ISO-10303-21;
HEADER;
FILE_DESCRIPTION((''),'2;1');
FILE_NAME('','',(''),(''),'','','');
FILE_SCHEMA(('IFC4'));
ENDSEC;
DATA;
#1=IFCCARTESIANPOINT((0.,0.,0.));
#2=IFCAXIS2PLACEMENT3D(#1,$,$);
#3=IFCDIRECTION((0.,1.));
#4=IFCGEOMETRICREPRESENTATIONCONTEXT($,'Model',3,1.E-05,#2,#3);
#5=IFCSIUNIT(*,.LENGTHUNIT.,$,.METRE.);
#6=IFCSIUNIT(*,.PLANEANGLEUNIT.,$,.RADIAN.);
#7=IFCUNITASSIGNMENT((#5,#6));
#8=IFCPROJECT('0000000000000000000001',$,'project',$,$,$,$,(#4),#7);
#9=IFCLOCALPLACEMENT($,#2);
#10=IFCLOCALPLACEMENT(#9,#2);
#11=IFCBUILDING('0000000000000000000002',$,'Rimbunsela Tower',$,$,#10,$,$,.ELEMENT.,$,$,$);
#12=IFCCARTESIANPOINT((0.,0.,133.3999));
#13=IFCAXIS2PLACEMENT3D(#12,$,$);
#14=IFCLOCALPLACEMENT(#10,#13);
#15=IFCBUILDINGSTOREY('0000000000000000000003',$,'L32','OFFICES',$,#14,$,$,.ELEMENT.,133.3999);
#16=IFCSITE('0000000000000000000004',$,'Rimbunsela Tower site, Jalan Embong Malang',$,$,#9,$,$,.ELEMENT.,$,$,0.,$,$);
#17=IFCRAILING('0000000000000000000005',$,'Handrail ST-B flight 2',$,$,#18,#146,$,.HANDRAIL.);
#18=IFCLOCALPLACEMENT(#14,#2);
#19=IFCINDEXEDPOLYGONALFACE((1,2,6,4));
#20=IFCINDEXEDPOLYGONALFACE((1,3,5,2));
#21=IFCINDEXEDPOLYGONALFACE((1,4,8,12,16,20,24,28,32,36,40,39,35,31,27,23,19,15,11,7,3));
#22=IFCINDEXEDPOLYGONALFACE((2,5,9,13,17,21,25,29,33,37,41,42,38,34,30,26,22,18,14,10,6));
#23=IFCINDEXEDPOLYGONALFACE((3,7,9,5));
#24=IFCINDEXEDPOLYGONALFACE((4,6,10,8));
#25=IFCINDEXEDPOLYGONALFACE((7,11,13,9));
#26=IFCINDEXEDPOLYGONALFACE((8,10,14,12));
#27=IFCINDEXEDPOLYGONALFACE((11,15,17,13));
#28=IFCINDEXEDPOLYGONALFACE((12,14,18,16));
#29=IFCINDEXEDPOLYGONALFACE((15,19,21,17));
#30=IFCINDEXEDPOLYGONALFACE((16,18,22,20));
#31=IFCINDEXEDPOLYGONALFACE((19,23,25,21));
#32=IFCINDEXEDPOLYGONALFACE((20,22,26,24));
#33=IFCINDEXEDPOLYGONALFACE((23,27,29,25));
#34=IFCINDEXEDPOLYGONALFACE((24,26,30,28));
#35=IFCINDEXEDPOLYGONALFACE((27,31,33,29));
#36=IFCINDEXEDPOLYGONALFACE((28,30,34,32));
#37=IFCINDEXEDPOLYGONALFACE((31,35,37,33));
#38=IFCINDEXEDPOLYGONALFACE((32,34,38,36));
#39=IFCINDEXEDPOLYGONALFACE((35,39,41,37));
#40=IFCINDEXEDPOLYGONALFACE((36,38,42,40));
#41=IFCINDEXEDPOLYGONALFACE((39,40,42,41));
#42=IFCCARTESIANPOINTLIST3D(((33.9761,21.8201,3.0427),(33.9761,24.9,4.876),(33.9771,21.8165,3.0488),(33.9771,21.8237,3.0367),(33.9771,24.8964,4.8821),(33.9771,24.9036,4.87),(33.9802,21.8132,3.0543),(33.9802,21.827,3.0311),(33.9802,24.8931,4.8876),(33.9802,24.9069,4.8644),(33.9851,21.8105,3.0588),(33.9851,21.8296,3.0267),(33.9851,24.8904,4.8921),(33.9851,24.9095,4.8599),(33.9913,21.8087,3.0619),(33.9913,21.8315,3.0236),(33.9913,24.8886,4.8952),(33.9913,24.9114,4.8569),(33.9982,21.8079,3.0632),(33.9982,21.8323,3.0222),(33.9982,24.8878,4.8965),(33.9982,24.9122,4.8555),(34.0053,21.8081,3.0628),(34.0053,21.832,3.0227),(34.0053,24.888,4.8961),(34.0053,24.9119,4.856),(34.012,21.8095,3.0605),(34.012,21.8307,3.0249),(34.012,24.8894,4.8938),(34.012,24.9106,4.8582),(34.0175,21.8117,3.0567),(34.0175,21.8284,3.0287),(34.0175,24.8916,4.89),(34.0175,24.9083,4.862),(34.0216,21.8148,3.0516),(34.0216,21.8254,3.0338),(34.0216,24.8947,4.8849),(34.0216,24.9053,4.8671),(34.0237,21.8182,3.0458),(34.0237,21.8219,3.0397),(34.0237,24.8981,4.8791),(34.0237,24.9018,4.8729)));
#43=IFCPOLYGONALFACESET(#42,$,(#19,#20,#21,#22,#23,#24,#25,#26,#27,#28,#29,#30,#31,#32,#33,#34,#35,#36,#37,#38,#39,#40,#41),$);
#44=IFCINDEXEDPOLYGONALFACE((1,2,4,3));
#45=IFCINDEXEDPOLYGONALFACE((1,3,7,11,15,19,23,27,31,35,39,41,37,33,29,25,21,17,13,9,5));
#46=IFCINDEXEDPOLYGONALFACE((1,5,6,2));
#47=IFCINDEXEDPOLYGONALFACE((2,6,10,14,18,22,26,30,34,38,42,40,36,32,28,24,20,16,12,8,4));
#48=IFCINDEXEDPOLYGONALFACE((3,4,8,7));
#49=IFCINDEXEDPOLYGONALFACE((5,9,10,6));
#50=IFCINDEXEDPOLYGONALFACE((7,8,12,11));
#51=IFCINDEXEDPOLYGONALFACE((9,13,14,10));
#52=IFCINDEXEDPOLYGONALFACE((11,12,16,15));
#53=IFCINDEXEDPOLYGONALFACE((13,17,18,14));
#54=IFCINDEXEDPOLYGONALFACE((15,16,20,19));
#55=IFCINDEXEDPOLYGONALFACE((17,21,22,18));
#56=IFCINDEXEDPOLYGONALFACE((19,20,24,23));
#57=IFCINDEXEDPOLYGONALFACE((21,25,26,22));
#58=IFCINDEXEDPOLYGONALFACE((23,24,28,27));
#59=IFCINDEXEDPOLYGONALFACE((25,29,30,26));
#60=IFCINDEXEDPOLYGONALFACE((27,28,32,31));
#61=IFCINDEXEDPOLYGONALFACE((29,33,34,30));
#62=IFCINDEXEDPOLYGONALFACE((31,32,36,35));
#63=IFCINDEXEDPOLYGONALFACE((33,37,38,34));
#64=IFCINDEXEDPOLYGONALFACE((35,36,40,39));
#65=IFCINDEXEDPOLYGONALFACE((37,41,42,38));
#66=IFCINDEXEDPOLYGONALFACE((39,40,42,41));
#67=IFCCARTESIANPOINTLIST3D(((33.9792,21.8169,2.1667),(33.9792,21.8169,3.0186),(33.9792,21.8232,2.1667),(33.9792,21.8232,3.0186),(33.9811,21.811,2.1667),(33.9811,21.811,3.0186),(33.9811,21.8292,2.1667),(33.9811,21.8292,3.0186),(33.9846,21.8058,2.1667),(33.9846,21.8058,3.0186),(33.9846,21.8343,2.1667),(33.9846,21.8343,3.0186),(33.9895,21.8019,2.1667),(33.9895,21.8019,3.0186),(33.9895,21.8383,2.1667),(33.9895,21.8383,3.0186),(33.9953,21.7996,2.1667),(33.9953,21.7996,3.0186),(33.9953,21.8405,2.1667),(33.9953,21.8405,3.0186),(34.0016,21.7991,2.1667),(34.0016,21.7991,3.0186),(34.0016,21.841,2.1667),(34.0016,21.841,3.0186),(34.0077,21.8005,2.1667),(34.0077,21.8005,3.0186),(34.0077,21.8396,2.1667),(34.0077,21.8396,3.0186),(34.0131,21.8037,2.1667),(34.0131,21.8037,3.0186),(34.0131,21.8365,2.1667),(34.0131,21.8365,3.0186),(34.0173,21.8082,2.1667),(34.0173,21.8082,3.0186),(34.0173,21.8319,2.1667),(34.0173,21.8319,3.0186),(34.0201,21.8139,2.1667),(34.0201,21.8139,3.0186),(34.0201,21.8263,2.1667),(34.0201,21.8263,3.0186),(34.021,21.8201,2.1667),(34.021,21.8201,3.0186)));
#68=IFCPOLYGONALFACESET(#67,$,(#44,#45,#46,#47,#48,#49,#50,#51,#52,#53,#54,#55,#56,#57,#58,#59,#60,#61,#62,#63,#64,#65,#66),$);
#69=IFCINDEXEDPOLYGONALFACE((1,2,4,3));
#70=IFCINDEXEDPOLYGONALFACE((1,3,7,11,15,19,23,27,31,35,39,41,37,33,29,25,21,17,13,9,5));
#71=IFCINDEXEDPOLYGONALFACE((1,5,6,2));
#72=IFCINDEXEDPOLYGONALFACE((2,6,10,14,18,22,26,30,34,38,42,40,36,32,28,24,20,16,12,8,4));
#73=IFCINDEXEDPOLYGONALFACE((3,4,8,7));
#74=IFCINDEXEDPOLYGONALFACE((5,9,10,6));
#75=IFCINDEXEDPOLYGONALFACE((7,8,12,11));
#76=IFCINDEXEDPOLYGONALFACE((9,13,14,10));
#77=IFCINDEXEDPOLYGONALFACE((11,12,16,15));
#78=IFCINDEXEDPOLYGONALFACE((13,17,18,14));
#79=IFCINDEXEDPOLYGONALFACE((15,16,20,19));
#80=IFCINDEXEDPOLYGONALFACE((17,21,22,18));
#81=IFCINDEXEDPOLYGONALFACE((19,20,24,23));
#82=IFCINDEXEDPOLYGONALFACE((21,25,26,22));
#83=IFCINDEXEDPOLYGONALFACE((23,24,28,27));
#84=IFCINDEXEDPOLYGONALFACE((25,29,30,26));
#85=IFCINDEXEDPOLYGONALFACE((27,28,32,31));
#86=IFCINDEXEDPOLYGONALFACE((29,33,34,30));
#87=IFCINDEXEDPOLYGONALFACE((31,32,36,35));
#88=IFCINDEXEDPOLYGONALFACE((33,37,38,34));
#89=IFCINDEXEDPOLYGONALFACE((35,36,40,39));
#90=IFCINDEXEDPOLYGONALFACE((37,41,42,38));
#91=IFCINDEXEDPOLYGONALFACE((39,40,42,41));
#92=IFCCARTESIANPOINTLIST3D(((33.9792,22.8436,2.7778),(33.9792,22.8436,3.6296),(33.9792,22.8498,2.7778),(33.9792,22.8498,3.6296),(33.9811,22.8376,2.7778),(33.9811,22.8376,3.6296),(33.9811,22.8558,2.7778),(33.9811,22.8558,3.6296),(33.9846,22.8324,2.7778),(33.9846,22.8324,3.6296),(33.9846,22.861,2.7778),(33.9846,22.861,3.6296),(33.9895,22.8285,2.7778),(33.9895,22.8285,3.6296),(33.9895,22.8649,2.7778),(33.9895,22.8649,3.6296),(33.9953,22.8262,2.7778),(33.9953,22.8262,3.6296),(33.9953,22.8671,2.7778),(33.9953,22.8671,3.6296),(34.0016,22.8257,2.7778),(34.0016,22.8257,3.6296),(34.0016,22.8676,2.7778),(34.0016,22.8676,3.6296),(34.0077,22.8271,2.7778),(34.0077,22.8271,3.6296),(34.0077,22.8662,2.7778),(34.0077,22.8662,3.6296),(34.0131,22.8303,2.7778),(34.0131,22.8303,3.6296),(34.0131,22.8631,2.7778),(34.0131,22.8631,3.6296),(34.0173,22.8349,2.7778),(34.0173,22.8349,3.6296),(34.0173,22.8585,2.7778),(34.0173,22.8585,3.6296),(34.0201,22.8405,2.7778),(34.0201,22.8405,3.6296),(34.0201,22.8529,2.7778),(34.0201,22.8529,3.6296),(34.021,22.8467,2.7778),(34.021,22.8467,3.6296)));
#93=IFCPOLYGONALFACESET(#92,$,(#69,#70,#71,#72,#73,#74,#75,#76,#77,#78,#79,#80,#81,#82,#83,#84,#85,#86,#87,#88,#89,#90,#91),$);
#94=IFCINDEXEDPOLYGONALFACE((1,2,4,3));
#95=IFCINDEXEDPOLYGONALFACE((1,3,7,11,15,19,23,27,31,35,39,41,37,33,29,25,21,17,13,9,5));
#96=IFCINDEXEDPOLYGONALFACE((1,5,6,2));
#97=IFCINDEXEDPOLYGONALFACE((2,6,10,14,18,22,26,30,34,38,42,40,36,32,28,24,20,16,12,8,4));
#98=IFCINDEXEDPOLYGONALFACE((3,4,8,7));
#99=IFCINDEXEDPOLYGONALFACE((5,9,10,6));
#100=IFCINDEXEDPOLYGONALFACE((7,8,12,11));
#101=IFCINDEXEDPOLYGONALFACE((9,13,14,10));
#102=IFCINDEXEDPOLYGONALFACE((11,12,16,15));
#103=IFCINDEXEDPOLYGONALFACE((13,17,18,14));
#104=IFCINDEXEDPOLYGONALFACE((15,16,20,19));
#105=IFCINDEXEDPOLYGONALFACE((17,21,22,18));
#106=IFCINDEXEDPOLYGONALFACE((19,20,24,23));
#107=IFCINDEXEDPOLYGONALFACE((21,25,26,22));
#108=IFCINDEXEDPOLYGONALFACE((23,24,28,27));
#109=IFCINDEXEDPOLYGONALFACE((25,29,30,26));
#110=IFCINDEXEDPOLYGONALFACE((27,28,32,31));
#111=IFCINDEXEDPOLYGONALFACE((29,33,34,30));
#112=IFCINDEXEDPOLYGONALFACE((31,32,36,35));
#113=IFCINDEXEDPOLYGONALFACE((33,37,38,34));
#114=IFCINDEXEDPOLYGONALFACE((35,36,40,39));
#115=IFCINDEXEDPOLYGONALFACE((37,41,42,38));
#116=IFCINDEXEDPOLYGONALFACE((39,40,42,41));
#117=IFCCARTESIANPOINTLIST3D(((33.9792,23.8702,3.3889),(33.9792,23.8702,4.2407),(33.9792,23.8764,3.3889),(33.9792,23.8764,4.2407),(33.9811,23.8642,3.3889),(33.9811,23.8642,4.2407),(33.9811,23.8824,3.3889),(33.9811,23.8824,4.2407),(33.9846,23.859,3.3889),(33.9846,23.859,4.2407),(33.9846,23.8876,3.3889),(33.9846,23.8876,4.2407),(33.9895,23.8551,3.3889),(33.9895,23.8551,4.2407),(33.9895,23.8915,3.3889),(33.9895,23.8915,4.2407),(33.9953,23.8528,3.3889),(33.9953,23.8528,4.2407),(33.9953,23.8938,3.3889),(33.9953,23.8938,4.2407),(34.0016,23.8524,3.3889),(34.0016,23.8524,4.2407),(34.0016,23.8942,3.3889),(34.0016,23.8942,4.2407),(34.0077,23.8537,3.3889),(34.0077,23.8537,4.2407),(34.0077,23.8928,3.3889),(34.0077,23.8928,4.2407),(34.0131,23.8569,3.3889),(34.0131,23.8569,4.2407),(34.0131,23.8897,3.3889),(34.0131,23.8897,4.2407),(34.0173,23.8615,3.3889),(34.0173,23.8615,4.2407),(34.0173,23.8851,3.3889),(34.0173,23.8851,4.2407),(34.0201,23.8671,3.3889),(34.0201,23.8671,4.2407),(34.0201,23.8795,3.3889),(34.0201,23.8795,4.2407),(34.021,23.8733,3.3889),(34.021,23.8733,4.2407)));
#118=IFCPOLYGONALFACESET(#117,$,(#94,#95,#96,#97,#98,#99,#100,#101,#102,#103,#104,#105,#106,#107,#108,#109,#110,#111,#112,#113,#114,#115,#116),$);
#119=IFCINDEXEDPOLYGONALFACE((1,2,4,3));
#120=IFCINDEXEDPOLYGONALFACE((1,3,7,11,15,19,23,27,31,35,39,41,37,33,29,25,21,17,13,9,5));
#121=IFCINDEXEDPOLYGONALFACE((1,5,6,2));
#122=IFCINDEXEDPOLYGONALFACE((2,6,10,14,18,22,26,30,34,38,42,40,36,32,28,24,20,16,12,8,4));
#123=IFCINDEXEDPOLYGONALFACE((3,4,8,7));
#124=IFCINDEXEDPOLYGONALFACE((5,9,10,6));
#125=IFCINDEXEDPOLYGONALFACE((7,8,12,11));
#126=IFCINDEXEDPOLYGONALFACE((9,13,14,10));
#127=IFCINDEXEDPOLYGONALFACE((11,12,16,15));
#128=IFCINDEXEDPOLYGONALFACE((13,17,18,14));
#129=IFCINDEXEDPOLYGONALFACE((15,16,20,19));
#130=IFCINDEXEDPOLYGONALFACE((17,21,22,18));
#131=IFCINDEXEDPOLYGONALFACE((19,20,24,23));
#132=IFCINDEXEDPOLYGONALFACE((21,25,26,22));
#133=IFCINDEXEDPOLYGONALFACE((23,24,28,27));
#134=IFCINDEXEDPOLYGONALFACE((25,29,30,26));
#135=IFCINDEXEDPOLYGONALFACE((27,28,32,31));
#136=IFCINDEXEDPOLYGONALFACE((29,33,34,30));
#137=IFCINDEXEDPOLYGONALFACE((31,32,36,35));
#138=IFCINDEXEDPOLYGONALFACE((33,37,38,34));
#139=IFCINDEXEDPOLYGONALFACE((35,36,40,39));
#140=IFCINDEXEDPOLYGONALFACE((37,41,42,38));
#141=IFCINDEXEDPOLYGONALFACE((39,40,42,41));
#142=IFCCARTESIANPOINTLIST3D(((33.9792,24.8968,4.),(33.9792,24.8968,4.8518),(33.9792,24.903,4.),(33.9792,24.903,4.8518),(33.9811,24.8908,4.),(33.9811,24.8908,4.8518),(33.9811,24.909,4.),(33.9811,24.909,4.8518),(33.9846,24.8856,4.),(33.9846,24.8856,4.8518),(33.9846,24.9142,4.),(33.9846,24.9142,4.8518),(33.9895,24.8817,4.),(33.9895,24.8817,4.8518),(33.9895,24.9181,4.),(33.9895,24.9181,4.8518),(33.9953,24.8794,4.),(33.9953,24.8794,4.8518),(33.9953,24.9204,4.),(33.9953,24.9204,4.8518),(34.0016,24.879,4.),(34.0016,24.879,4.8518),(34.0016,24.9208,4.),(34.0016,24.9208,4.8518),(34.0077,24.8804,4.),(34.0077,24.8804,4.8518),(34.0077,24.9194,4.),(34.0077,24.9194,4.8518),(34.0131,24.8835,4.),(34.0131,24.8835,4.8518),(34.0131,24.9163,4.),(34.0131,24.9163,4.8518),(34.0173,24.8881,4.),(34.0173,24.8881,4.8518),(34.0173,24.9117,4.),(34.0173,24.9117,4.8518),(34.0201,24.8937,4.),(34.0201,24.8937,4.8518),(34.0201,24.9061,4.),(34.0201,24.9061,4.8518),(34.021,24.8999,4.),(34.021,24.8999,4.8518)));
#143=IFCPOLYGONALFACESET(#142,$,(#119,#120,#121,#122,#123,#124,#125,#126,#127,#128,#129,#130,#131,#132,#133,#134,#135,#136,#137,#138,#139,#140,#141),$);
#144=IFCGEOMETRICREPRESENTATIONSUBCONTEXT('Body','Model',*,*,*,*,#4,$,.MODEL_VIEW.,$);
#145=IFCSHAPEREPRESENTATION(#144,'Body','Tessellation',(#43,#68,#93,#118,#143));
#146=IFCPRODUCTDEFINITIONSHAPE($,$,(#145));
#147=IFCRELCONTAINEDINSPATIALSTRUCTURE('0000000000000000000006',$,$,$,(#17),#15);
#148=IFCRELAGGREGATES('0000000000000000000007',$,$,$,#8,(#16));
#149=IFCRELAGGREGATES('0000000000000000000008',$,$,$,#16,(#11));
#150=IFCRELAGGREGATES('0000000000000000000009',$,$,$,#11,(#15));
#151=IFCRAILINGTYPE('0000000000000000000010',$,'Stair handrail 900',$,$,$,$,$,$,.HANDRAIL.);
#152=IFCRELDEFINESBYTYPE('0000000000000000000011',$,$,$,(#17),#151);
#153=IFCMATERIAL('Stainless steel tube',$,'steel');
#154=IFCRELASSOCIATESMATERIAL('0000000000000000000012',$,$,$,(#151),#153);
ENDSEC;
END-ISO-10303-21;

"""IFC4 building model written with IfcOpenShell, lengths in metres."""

from ifc_helpers import new_model, si_unit, direction, frame, origin, origin_2d, place, context, subcontext, project, spatial, circle, extrude, material, type_object, element, save


model = new_model("IFC4")

# Units and contexts
model_context = context("Model", 3, precision=1e-05, world=origin(), true_north=direction((0.0, 1.0)))
body_context = subcontext(model_context, "Body", "Model", "MODEL_VIEW")
ifc_project = project(units=[si_unit("LENGTHUNIT", "METRE"), si_unit("PLANEANGLEUNIT", "RADIAN")], contexts=[model_context])

# Site, building, storey
site_placement = place(None, origin())
site = spatial("IfcSite", under=ifc_project, at=site_placement, Name="Rimbunsela Tower site, Jalan Embong Malang", CompositionType="ELEMENT", RefElevation=0.0)
building_placement = place(site_placement, origin())
building = spatial("IfcBuilding", under=site, at=building_placement, Name="Rimbunsela Tower", CompositionType="ELEMENT")
storey_placement = place(building_placement, frame((0.0, 0.0, 133.3999)))
storey = spatial("IfcBuildingStorey", under=building, at=storey_placement, Name="L32", Description="OFFICES", CompositionType="ELEMENT", Elevation=133.3999)

# Railing
ifc_material_1 = material(Name="Stainless steel tube", Category="steel")
railing_type = type_object("IfcRailingType", Name="Stair handrail 900", PredefinedType="HANDRAIL", material=ifc_material_1)
railing_placement = place(storey_placement, frame((34.0, 21.8201, 2.1667)))
element("IfcRailing", 1, at=railing_placement, inside=storey, type_object=railing_type, Name="Handrail ST-B flight 2", PredefinedType="HANDRAIL", context=body_context, shape_type="SweptSolid", body=[
    extrude(circle(Radius=0.0239, at=origin_2d()), frame((0.0, 0.0, 0.876), z_axis=(0.0, 0.859291, 0.511487), x_axis=(-1.0, 0.0, 0.0)), (0.0, 0.0, 1.0), 3.5842),
    extrude(circle(Radius=0.021, at=origin_2d()), origin(), (0.0, 0.0, 1.0), 0.8518),
    extrude(circle(Radius=0.021, at=origin_2d()), frame((0.0, 1.0266, 0.6111)), (0.0, 0.0, 1.0), 0.8518),
    extrude(circle(Radius=0.021, at=origin_2d()), frame((0.0, 2.0532, 1.2222)), (0.0, 0.0, 1.0), 0.8518),
    extrude(circle(Radius=0.021, at=origin_2d()), frame((0.0, 3.0798, 1.8333)), (0.0, 0.0, 1.0), 0.8518),
])

save(model, "model.ifc")
